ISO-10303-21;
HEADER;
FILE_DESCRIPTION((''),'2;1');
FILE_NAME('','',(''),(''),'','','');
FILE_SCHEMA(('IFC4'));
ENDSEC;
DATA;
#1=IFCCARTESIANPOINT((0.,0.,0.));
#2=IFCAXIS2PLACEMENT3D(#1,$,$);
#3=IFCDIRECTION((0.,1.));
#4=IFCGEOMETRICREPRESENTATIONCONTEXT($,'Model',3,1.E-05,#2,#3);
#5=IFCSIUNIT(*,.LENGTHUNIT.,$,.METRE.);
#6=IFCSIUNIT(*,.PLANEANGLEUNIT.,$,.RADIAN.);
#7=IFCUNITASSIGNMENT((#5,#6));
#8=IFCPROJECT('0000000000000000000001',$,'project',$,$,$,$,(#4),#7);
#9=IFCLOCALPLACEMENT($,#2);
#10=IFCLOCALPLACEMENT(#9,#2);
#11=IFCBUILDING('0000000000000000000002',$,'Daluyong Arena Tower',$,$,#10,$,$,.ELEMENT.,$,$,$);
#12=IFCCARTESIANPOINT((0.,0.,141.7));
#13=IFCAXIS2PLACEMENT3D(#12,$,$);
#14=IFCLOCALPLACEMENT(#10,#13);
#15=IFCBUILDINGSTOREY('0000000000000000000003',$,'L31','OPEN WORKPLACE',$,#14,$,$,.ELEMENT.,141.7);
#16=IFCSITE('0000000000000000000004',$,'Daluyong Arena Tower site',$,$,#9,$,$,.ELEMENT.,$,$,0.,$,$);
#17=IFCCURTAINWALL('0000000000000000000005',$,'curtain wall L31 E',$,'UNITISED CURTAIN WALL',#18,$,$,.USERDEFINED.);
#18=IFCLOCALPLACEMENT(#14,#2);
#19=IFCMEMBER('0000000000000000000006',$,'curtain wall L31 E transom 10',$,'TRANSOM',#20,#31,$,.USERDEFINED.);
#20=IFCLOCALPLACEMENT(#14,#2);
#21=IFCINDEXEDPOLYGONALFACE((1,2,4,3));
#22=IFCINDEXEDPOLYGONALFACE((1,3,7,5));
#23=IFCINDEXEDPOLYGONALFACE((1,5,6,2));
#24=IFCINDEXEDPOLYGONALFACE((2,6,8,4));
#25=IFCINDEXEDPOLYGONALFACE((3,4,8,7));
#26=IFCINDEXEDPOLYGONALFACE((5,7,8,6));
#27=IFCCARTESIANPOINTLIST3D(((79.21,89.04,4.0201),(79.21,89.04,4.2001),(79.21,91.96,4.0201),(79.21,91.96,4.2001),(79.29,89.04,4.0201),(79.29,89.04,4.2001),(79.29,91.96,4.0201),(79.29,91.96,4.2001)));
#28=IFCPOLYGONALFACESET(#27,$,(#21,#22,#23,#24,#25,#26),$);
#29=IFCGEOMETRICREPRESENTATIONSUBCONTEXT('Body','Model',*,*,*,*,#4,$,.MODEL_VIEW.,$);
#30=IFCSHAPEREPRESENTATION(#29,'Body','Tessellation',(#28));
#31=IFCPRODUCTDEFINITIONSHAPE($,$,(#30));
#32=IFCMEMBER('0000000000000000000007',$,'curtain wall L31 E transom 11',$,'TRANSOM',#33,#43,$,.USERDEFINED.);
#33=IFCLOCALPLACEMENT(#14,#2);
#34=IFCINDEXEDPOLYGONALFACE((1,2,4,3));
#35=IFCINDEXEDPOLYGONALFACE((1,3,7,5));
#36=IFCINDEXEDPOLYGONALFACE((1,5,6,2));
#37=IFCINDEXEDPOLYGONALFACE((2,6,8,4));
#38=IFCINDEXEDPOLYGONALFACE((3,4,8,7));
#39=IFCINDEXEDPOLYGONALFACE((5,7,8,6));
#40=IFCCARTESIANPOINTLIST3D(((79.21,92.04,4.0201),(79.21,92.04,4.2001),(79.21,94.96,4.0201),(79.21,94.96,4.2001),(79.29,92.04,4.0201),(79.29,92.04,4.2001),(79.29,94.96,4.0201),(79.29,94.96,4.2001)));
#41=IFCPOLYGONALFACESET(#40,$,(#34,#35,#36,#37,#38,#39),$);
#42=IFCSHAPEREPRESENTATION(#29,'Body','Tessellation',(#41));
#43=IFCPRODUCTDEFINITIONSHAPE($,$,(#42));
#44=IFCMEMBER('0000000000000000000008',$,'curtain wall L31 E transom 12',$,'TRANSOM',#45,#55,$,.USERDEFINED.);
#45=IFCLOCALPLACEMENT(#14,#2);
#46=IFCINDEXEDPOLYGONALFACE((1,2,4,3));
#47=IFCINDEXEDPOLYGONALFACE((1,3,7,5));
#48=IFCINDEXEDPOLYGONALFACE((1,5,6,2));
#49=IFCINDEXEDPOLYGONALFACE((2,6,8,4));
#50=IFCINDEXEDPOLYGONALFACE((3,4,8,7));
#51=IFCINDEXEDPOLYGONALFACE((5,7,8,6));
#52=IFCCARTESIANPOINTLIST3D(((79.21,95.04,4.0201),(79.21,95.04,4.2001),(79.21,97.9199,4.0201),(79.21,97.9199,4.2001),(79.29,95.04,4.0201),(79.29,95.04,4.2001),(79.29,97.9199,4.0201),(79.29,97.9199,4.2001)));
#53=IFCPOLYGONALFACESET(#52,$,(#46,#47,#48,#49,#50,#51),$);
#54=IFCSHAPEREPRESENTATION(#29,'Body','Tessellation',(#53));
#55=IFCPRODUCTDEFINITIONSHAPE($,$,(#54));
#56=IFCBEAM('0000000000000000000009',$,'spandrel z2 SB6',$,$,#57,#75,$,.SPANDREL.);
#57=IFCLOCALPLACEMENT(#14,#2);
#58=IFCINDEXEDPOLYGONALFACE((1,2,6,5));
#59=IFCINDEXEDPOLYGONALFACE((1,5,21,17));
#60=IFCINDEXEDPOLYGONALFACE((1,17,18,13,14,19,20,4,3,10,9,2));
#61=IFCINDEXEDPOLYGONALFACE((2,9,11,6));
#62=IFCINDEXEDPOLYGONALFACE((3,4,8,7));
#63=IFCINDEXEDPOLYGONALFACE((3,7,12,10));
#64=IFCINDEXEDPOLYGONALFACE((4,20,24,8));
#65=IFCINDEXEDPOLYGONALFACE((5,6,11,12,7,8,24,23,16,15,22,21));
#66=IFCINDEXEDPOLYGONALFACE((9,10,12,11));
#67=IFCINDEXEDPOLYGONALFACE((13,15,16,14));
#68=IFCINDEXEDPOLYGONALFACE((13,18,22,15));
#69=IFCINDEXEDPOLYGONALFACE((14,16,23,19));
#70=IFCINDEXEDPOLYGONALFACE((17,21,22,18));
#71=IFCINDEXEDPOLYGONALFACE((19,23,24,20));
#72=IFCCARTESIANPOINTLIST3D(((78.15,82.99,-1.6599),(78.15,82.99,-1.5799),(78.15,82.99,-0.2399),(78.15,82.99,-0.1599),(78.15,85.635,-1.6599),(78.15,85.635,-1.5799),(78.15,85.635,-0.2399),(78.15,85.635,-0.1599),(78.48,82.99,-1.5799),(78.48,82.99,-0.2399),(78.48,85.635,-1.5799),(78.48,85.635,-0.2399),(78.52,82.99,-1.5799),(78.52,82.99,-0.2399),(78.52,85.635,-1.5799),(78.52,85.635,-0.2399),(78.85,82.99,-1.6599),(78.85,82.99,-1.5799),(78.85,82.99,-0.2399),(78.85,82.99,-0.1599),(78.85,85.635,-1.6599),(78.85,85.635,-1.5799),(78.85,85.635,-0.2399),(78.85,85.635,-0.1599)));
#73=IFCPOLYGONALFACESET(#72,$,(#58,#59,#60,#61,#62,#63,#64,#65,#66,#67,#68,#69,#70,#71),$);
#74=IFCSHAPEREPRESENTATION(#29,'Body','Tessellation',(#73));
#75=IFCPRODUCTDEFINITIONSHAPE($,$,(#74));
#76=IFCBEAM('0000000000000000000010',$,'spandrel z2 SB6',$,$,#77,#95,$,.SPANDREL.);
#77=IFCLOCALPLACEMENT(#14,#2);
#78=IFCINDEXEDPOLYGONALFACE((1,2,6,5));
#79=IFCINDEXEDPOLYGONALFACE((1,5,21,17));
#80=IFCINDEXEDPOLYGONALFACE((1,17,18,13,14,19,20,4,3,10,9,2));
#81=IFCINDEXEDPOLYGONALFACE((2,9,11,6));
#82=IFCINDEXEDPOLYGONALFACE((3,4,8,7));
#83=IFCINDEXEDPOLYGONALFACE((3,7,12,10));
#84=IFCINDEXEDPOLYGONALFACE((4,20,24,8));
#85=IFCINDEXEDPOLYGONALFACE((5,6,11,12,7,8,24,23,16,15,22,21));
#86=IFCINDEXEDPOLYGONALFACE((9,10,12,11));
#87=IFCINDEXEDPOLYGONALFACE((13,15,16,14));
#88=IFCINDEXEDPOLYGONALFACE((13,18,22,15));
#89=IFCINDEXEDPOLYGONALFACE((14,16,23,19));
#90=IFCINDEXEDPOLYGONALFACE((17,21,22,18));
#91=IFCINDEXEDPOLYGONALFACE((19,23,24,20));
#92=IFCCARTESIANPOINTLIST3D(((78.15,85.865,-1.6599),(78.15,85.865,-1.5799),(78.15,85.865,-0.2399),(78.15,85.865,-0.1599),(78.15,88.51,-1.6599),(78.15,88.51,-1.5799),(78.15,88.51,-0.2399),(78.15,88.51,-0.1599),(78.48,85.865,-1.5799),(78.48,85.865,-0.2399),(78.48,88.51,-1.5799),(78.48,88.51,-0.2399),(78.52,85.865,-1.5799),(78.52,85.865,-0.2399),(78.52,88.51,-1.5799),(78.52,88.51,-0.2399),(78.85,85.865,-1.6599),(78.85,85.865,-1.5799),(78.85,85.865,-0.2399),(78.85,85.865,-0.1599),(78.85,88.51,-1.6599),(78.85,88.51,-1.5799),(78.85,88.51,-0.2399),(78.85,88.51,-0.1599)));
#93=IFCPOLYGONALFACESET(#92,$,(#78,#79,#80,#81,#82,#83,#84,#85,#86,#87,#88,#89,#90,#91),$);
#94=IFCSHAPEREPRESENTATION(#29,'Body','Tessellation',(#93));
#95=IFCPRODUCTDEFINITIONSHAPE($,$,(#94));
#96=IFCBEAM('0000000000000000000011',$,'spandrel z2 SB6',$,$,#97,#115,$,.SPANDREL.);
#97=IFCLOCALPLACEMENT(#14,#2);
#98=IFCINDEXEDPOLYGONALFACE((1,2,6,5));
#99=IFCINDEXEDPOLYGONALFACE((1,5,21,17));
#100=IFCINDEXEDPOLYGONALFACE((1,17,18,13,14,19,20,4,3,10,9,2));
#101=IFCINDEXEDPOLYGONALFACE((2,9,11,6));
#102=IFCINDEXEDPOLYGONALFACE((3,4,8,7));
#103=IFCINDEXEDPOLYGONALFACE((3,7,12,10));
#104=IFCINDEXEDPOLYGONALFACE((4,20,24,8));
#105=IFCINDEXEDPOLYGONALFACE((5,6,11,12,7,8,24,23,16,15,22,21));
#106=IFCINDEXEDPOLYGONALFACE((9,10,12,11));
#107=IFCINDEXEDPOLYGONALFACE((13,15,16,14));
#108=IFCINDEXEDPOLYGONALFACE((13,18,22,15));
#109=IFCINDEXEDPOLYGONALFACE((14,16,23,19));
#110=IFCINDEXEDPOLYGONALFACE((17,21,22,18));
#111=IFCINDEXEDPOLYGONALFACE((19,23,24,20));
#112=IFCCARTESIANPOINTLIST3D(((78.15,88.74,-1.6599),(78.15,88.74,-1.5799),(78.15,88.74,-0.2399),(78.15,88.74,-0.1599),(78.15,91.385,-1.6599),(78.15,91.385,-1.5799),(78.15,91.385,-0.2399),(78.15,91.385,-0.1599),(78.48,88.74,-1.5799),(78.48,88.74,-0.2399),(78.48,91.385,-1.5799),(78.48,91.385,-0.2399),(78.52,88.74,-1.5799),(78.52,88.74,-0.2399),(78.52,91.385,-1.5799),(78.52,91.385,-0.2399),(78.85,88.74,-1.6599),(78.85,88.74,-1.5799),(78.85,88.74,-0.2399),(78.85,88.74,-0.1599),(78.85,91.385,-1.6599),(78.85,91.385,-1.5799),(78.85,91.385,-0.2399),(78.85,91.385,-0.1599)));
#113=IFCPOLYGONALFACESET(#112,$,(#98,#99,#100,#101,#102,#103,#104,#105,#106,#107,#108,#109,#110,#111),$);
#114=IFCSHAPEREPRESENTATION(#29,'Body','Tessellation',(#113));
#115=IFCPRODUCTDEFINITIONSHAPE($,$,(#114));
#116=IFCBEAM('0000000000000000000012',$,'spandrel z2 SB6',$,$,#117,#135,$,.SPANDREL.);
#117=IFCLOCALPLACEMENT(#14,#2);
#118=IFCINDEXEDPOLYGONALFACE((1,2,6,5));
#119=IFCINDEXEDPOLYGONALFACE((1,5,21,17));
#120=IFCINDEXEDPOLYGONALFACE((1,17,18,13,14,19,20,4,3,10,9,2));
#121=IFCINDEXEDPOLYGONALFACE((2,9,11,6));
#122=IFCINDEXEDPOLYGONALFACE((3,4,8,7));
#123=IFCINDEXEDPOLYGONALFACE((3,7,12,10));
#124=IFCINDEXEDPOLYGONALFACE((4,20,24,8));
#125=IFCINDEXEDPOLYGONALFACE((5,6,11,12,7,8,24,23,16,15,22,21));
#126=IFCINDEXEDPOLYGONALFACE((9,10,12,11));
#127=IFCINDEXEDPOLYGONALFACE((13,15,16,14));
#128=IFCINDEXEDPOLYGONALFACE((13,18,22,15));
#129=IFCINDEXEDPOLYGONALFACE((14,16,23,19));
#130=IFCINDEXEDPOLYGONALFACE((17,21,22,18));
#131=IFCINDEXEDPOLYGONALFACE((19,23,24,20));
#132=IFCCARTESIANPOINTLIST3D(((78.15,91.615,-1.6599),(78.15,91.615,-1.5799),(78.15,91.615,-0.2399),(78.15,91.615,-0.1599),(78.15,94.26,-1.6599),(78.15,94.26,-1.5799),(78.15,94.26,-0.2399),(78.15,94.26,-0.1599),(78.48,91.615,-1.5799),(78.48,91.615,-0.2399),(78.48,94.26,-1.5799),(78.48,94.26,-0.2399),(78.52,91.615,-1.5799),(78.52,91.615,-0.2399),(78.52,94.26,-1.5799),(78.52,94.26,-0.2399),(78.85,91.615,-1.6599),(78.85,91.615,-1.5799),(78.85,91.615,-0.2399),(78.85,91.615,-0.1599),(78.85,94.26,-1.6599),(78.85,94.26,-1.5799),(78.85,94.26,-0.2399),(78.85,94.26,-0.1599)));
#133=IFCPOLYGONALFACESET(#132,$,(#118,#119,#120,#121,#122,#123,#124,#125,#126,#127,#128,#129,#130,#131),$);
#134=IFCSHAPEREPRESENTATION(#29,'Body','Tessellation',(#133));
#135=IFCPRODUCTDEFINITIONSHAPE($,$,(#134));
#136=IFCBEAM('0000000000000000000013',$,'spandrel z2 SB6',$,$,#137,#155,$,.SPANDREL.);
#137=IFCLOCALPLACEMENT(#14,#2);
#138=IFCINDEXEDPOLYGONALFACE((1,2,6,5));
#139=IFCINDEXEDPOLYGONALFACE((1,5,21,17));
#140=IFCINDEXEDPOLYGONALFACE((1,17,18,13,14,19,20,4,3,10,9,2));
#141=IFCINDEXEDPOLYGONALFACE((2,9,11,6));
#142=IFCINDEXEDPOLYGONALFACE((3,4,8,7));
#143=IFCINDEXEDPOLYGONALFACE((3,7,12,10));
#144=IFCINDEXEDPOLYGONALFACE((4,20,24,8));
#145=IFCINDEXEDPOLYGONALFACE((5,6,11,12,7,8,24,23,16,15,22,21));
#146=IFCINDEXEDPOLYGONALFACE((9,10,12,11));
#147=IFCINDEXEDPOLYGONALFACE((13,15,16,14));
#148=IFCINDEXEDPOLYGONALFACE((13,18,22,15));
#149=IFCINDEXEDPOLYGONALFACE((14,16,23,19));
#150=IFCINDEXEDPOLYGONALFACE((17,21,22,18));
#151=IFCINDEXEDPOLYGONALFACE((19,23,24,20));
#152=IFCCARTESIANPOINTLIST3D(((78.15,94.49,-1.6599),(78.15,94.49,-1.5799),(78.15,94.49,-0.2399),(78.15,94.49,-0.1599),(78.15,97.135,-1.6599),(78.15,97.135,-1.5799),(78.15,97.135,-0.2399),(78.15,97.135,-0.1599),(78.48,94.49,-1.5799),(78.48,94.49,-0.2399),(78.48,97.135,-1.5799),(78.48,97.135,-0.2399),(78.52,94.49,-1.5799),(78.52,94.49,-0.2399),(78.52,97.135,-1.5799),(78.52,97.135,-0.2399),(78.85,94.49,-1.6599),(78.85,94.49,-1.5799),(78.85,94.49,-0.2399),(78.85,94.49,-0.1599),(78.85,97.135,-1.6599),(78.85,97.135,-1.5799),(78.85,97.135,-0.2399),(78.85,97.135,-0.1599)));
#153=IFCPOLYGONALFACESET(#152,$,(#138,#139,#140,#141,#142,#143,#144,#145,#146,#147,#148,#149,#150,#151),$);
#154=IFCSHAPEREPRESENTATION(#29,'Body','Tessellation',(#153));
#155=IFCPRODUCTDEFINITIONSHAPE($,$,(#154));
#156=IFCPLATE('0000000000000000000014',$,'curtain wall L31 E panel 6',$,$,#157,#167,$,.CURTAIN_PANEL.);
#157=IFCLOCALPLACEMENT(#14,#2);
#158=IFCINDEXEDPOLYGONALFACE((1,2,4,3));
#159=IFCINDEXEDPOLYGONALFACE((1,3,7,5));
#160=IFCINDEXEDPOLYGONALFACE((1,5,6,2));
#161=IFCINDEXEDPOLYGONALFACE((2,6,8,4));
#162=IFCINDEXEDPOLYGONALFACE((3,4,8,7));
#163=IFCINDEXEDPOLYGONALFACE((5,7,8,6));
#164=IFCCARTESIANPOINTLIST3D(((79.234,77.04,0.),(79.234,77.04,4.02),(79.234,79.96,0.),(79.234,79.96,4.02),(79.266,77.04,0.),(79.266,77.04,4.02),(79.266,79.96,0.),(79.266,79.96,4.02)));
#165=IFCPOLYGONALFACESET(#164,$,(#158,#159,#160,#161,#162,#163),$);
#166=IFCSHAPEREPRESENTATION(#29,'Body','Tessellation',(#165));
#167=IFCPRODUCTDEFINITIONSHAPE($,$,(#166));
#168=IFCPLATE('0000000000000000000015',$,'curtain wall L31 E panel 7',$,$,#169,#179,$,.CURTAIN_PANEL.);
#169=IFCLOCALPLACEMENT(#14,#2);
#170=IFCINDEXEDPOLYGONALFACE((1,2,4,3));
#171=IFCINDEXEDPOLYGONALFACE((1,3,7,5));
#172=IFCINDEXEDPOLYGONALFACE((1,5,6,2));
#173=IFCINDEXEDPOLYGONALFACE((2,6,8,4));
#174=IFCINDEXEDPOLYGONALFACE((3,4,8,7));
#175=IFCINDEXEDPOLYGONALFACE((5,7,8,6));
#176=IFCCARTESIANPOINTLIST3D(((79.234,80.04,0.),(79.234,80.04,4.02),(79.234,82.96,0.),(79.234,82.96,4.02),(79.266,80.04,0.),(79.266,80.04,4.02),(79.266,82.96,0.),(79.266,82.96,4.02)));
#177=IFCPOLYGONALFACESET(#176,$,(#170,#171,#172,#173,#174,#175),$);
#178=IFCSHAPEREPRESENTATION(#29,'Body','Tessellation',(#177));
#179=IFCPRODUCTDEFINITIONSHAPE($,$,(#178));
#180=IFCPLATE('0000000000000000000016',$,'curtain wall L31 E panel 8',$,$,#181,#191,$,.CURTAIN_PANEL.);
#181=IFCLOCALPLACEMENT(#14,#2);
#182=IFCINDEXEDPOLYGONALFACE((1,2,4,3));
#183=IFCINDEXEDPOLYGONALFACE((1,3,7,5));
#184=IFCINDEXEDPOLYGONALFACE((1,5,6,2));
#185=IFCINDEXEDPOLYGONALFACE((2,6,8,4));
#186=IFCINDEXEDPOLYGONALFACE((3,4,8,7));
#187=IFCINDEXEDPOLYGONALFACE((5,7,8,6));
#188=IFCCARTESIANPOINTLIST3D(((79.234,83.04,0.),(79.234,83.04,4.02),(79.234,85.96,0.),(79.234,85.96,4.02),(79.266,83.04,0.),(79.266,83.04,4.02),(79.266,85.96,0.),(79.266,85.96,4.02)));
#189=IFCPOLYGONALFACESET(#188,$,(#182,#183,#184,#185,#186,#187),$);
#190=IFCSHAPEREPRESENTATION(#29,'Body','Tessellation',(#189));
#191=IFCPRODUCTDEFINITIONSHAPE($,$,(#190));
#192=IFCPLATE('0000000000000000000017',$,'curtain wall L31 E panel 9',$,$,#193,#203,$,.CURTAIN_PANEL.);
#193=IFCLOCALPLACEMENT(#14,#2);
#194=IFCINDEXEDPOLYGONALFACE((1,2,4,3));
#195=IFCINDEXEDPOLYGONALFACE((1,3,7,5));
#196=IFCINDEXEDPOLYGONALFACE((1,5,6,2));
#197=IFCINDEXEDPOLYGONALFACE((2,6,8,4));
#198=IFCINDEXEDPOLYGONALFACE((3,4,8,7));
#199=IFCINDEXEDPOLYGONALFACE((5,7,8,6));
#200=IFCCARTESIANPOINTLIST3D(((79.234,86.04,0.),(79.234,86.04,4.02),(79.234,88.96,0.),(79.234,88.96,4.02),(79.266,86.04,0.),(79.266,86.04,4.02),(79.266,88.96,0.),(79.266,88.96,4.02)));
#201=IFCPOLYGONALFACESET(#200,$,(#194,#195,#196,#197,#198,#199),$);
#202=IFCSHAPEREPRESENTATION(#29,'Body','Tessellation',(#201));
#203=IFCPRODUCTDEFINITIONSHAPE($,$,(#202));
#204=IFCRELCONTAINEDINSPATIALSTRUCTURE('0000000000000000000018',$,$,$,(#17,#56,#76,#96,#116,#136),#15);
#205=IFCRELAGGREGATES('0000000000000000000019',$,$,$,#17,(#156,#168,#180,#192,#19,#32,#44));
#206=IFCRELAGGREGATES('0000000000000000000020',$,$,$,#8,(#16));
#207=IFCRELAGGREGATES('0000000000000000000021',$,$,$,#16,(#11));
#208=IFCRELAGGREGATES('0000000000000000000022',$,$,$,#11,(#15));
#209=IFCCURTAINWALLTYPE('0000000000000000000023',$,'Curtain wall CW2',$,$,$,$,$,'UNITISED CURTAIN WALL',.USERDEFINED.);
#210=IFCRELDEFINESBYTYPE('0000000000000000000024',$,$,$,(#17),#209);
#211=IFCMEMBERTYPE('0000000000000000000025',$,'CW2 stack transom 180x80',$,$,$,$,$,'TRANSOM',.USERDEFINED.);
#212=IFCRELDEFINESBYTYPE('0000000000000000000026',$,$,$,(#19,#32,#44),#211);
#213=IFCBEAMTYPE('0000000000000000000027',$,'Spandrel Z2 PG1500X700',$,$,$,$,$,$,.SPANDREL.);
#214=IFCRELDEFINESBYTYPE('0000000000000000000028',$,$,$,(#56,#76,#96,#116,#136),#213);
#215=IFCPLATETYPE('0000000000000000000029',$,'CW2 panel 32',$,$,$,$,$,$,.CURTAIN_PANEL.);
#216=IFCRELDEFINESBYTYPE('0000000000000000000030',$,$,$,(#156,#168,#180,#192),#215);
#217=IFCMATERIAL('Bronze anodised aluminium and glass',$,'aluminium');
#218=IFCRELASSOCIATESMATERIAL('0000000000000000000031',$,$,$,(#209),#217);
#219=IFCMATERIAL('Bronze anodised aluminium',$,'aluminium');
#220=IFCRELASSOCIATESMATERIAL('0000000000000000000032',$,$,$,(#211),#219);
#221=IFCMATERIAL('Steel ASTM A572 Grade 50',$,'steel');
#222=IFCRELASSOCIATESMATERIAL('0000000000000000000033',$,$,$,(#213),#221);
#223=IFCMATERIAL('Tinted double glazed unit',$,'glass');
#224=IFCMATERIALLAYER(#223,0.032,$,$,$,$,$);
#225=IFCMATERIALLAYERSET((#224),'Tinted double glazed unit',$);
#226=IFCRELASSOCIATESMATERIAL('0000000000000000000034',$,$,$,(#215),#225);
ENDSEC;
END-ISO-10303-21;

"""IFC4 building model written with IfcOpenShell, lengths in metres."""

from ifc_helpers import new_model, si_unit, direction, frame, origin, origin_2d, place, context, subcontext, project, spatial, rectangle, i_section, extrude, material, layer, layer_set, material_profile, profile_set, type_object, element, aggregate, save


model = new_model("IFC4")

# Units and contexts
model_context = context("Model", 3, precision=1e-05, world=origin(), true_north=direction((0.0, 1.0)))
body_context = subcontext(model_context, "Body", "Model", "MODEL_VIEW")
ifc_project = project(units=[si_unit("LENGTHUNIT", "METRE"), si_unit("PLANEANGLEUNIT", "RADIAN")], contexts=[model_context])

# Site, building, storey
site_placement = place(None, origin())
site = spatial("IfcSite", under=ifc_project, at=site_placement, Name="Daluyong Arena Tower site", CompositionType="ELEMENT", RefElevation=0.0)
building_placement = place(site_placement, origin())
building = spatial("IfcBuilding", under=site, at=building_placement, Name="Daluyong Arena Tower", CompositionType="ELEMENT")
storey_placement = place(building_placement, frame((0.0, 0.0, 141.7)))
storey = spatial("IfcBuildingStorey", under=building, at=storey_placement, Name="L31", Description="OPEN WORKPLACE", CompositionType="ELEMENT", Elevation=141.7)

# Curtain wall, members
ifc_material_1 = material(Name="Bronze anodised aluminium and glass", Category="aluminium")
curtain_wall_type = type_object("IfcCurtainWallType", Name="Curtain wall CW2", ElementType="UNITISED CURTAIN WALL", PredefinedType="USERDEFINED", material=ifc_material_1)
curtain_wall_placement = place(storey_placement, origin())
curtain_wall = element("IfcCurtainWall", 1, at=curtain_wall_placement, inside=storey, type_object=curtain_wall_type, Name="curtain wall L31 E", ObjectType="UNITISED CURTAIN WALL", PredefinedType="USERDEFINED")
ifc_material_2 = material(Name="Bronze anodised aluminium", Category="aluminium")
ifc_material_profile_1 = material_profile(ifc_material_2, rectangle(XDim=0.0801, YDim=0.1799, at=origin_2d()))
ifc_profile_set_1 = profile_set([ifc_material_profile_1], Name="Bronze anodised aluminium")
member_type_1 = type_object("IfcMemberType", Name="CW2 stack transom 180x80", ElementType="TRANSOM", PredefinedType="USERDEFINED", material=ifc_profile_set_1)
member_1_placement = place(storey_placement, frame((79.25, 89.04, 4.1101), z_axis=(0.0, 1.0, 0.0), x_axis=(-1.0, 0.0, 0.0)))
member_1 = element("IfcMember", 2, at=member_1_placement, type_object=member_type_1, Name="curtain wall L31 E transom 10", ObjectType="TRANSOM", PredefinedType="USERDEFINED", context=body_context, shape_type="SweptSolid", body=[
    extrude(rectangle(XDim=0.0801, YDim=0.1799, at=origin_2d()), origin(), (0.0, 0.0, 1.0), 2.9199),
])
member_2_placement = place(storey_placement, frame((79.25, 92.04, 4.1101), z_axis=(0.0, 1.0, 0.0), x_axis=(-1.0, 0.0, 0.0)))
member_2 = element("IfcMember", 3, at=member_2_placement, type_object=member_type_1, Name="curtain wall L31 E transom 11", ObjectType="TRANSOM", PredefinedType="USERDEFINED", context=body_context, shape_type="SweptSolid", body=[
    extrude(rectangle(XDim=0.0801, YDim=0.1799, at=origin_2d()), origin(), (0.0, 0.0, 1.0), 2.9199),
])
member_3_placement = place(storey_placement, frame((79.25, 95.04, 4.1101), z_axis=(0.0, 1.0, 0.0), x_axis=(-1.0, 0.0, 0.0)))
member_3 = element("IfcMember", 4, at=member_3_placement, type_object=member_type_1, Name="curtain wall L31 E transom 12", ObjectType="TRANSOM", PredefinedType="USERDEFINED", context=body_context, shape_type="SweptSolid", body=[
    extrude(rectangle(XDim=0.0801, YDim=0.1799, at=origin_2d()), origin(), (0.0, 0.0, 1.0), 2.8799),
])

# Beams
ifc_material_3 = material(Name="Steel ASTM A572 Grade 50", Category="steel")
ifc_material_profile_2 = material_profile(ifc_material_3, i_section(OverallWidth=0.7, OverallDepth=1.5, WebThickness=0.04, FlangeThickness=0.08, at=origin_2d()))
ifc_profile_set_2 = profile_set([ifc_material_profile_2], Name="Steel ASTM A572 Grade 50")
beam_type = type_object("IfcBeamType", Name="Spandrel Z2 PG1500X700", PredefinedType="SPANDREL", material=ifc_profile_set_2)
for number, where, z_axis, x_axis, name in (
    (5, (78.5, 82.99, -0.9099), (0.0, 1.0, 0.0), (-1.0, 0.0, 0.0), "spandrel z2 SB6"),
    (6, (78.5, 85.865, -0.9099), (0.0, 1.0, 0.0), (-1.0, 0.0, 0.0), "spandrel z2 SB6"),
    (7, (78.5, 88.74, -0.9099), (0.0, 1.0, 0.0), (-1.0, 0.0, 0.0), "spandrel z2 SB6"),
    (8, (78.5, 91.615, -0.9099), (0.0, 1.0, 0.0), (-1.0, 0.0, 0.0), "spandrel z2 SB6"),
    (9, (78.5, 94.49, -0.9099), (0.0, 1.0, 0.0), (-1.0, 0.0, 0.0), "spandrel z2 SB6"),
):
    element("IfcBeam", number, at=place(storey_placement, frame(where, z_axis=z_axis, x_axis=x_axis)), inside=storey, type_object=beam_type, Name=name, PredefinedType="SPANDREL", context=body_context, shape_type="SweptSolid", body=[
        extrude(i_section(OverallWidth=0.7, OverallDepth=1.5, WebThickness=0.04, FlangeThickness=0.08, at=origin_2d()), origin(), (0.0, 0.0, 1.0), 2.645),
    ])

# Plates
ifc_material_4 = material(Name="Tinted double glazed unit", Category="glass")
ifc_layer = layer(ifc_material_4, 0.032)
ifc_layer_set = layer_set([ifc_layer], Name="Tinted double glazed unit")
plate_type = type_object("IfcPlateType", Name="CW2 panel 32", PredefinedType="CURTAIN_PANEL", material=ifc_layer_set)
plate_1_placement = place(storey_placement, frame((79.25, 78.5, 0.0), z_axis=(0.0, 0.0, 1.0), x_axis=(0.0, 1.0, 0.0)))
plate_1 = element("IfcPlate", 10, at=plate_1_placement, type_object=plate_type, Name="curtain wall L31 E panel 6", PredefinedType="CURTAIN_PANEL", context=body_context, shape_type="SweptSolid", body=[
    extrude(rectangle(XDim=2.9199, YDim=0.032, at=origin_2d()), origin(), (0.0, 0.0, 1.0), 4.02),
])
plate_2_placement = place(storey_placement, frame((79.25, 81.5, 0.0), z_axis=(0.0, 0.0, 1.0), x_axis=(0.0, 1.0, 0.0)))
plate_2 = element("IfcPlate", 11, at=plate_2_placement, type_object=plate_type, Name="curtain wall L31 E panel 7", PredefinedType="CURTAIN_PANEL", context=body_context, shape_type="SweptSolid", body=[
    extrude(rectangle(XDim=2.9199, YDim=0.032, at=origin_2d()), origin(), (0.0, 0.0, 1.0), 4.02),
])
plate_3_placement = place(storey_placement, frame((79.25, 84.5, 0.0), z_axis=(0.0, 0.0, 1.0), x_axis=(0.0, 1.0, 0.0)))
plate_3 = element("IfcPlate", 12, at=plate_3_placement, type_object=plate_type, Name="curtain wall L31 E panel 8", PredefinedType="CURTAIN_PANEL", context=body_context, shape_type="SweptSolid", body=[
    extrude(rectangle(XDim=2.9199, YDim=0.032, at=origin_2d()), origin(), (0.0, 0.0, 1.0), 4.02),
])
plate_4_placement = place(storey_placement, frame((79.25, 87.5, 0.0), z_axis=(0.0, 0.0, 1.0), x_axis=(0.0, 1.0, 0.0)))
plate_4 = element("IfcPlate", 13, at=plate_4_placement, type_object=plate_type, Name="curtain wall L31 E panel 9", PredefinedType="CURTAIN_PANEL", context=body_context, shape_type="SweptSolid", body=[
    extrude(rectangle(XDim=2.9199, YDim=0.032, at=origin_2d()), origin(), (0.0, 0.0, 1.0), 4.02),
])
aggregate(curtain_wall, [plate_1, plate_2, plate_3, plate_4, member_1, member_2, member_3])

save(model, "model.ifc")
